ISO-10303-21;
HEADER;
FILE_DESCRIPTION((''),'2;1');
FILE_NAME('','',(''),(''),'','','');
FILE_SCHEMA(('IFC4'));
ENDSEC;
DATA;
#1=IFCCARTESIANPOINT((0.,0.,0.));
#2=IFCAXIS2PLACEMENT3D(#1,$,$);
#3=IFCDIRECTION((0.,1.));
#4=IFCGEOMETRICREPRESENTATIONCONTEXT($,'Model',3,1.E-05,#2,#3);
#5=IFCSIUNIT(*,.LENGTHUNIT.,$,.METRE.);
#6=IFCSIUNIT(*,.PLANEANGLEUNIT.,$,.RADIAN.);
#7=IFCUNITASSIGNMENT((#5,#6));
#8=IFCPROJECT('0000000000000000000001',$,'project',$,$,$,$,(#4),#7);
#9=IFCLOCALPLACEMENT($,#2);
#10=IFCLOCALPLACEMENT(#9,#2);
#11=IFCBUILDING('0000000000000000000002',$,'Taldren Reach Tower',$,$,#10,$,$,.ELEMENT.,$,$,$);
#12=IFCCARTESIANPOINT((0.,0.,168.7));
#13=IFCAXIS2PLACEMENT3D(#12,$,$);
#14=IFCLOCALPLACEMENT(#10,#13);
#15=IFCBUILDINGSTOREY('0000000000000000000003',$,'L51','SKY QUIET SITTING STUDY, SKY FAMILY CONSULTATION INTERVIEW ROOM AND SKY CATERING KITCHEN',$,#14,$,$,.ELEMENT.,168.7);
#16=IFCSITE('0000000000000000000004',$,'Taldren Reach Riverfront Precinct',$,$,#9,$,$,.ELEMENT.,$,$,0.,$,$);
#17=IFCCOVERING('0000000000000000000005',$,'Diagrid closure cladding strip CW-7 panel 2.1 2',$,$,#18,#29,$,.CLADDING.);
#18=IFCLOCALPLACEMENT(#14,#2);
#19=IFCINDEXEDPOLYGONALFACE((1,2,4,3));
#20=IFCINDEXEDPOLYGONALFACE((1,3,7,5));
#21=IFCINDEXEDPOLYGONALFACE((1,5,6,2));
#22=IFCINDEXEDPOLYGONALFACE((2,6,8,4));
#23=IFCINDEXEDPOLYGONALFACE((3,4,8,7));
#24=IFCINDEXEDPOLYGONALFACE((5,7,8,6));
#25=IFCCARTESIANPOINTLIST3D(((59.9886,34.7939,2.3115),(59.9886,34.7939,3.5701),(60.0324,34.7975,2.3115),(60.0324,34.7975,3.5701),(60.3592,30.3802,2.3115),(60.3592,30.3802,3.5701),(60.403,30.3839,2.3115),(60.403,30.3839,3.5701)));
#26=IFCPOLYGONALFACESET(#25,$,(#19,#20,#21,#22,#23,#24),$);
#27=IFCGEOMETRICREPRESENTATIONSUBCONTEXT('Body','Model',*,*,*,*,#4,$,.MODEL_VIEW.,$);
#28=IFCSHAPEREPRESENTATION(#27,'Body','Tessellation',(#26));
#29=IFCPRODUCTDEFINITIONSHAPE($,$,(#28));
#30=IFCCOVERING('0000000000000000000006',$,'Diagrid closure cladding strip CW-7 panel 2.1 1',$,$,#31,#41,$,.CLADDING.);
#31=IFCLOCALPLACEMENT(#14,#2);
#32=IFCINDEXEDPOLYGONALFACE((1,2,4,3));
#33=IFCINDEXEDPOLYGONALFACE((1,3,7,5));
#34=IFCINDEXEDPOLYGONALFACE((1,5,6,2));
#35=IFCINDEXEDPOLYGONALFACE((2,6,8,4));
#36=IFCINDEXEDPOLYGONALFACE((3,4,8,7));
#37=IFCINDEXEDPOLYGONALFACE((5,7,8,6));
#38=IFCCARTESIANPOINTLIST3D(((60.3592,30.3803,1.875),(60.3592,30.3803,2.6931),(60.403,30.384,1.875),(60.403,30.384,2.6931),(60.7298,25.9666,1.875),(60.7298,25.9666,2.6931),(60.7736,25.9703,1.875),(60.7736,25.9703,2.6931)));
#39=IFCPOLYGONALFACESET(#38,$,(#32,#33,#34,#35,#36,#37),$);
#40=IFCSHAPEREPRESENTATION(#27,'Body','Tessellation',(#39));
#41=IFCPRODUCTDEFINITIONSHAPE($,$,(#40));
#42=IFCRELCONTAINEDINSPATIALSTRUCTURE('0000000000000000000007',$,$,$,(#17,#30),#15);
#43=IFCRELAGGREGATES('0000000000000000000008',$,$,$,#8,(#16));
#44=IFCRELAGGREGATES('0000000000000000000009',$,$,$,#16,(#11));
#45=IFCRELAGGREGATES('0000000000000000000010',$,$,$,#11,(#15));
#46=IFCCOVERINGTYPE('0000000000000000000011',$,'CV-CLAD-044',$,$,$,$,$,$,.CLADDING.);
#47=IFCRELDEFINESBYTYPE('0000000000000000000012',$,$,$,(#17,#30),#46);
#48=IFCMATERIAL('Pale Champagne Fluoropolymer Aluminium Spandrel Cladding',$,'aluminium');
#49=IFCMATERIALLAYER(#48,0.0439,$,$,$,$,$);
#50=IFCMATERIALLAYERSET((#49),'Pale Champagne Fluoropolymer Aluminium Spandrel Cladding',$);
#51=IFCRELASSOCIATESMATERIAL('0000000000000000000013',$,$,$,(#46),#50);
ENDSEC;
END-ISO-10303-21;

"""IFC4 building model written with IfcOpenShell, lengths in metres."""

from ifc_helpers import new_model, si_unit, direction, frame, origin, origin_2d, place, context, subcontext, project, spatial, rectangle, extrude, source, transform, mapped, material, layer, layer_set, type_object, element, save


model = new_model("IFC4")

# Units and contexts
model_context = context("Model", 3, precision=1e-05, world=origin(), true_north=direction((0.0, 1.0)))
body_context = subcontext(model_context, "Body", "Model", "MODEL_VIEW")
ifc_project = project(units=[si_unit("LENGTHUNIT", "METRE"), si_unit("PLANEANGLEUNIT", "RADIAN")], contexts=[model_context])

# Site, building, storey
site_placement = place(None, origin())
site = spatial("IfcSite", under=ifc_project, at=site_placement, Name="Taldren Reach Riverfront Precinct", CompositionType="ELEMENT", RefElevation=0.0)
building_placement = place(site_placement, origin())
building = spatial("IfcBuilding", under=site, at=building_placement, Name="Taldren Reach Tower", CompositionType="ELEMENT")
storey_placement = place(building_placement, frame((0.0, 0.0, 168.7)))
storey = spatial("IfcBuildingStorey", under=building, at=storey_placement, Name="L51", Description="SKY QUIET SITTING STUDY, SKY FAMILY CONSULTATION INTERVIEW ROOM AND SKY CATERING KITCHEN", CompositionType="ELEMENT", Elevation=168.7)

# Coverings
ifc_material_1 = material(Name="Pale Champagne Fluoropolymer Aluminium Spandrel Cladding", Category="aluminium")
ifc_layer_1 = layer(ifc_material_1, 0.0439)
ifc_layer_set_1 = layer_set([ifc_layer_1], Name="Pale Champagne Fluoropolymer Aluminium Spandrel Cladding")
covering_type = type_object("IfcCoveringType", Name="CV-CLAD-044", PredefinedType="CLADDING", material=ifc_layer_set_1)
shared_shape_1 = source(origin(), body_context, "Body", "SweptSolid", [
    extrude(rectangle(XDim=4.4292, YDim=0.0439, at=origin_2d()), origin(), (0.0, 0.0, 1.0), 1.2585),
])
covering_1_placement = place(storey_placement, frame((60.1958, 32.5889, 2.3115), z_axis=(0.0, 0.0, 1.0), x_axis=(-0.083678, 0.996493, 0.0)))
element("IfcCovering", 1, at=covering_1_placement, inside=storey, type_object=covering_type, Name="Diagrid closure cladding strip CW-7 panel 2.1 2", PredefinedType="CLADDING", context=body_context, shape_type="MappedRepresentation", body=[
    mapped(shared_shape_1, transform((0.0, 0.0, 0.0), scale=1.0)),
])
shared_shape_2 = source(origin(), body_context, "Body", "SweptSolid", [
    extrude(rectangle(XDim=4.4292, YDim=0.0439, at=origin_2d()), origin(), (0.0, 0.0, 1.0), 0.8181),
])
covering_2_placement = place(storey_placement, frame((60.5664, 28.1753, 1.875), z_axis=(0.0, 0.0, 1.0), x_axis=(-0.083678, 0.996493, 0.0)))
element("IfcCovering", 2, at=covering_2_placement, inside=storey, type_object=covering_type, Name="Diagrid closure cladding strip CW-7 panel 2.1 1", PredefinedType="CLADDING", context=body_context, shape_type="MappedRepresentation", body=[
    mapped(shared_shape_2, transform((0.0, 0.0, 0.0), scale=1.0)),
])

save(model, "model.ifc")
